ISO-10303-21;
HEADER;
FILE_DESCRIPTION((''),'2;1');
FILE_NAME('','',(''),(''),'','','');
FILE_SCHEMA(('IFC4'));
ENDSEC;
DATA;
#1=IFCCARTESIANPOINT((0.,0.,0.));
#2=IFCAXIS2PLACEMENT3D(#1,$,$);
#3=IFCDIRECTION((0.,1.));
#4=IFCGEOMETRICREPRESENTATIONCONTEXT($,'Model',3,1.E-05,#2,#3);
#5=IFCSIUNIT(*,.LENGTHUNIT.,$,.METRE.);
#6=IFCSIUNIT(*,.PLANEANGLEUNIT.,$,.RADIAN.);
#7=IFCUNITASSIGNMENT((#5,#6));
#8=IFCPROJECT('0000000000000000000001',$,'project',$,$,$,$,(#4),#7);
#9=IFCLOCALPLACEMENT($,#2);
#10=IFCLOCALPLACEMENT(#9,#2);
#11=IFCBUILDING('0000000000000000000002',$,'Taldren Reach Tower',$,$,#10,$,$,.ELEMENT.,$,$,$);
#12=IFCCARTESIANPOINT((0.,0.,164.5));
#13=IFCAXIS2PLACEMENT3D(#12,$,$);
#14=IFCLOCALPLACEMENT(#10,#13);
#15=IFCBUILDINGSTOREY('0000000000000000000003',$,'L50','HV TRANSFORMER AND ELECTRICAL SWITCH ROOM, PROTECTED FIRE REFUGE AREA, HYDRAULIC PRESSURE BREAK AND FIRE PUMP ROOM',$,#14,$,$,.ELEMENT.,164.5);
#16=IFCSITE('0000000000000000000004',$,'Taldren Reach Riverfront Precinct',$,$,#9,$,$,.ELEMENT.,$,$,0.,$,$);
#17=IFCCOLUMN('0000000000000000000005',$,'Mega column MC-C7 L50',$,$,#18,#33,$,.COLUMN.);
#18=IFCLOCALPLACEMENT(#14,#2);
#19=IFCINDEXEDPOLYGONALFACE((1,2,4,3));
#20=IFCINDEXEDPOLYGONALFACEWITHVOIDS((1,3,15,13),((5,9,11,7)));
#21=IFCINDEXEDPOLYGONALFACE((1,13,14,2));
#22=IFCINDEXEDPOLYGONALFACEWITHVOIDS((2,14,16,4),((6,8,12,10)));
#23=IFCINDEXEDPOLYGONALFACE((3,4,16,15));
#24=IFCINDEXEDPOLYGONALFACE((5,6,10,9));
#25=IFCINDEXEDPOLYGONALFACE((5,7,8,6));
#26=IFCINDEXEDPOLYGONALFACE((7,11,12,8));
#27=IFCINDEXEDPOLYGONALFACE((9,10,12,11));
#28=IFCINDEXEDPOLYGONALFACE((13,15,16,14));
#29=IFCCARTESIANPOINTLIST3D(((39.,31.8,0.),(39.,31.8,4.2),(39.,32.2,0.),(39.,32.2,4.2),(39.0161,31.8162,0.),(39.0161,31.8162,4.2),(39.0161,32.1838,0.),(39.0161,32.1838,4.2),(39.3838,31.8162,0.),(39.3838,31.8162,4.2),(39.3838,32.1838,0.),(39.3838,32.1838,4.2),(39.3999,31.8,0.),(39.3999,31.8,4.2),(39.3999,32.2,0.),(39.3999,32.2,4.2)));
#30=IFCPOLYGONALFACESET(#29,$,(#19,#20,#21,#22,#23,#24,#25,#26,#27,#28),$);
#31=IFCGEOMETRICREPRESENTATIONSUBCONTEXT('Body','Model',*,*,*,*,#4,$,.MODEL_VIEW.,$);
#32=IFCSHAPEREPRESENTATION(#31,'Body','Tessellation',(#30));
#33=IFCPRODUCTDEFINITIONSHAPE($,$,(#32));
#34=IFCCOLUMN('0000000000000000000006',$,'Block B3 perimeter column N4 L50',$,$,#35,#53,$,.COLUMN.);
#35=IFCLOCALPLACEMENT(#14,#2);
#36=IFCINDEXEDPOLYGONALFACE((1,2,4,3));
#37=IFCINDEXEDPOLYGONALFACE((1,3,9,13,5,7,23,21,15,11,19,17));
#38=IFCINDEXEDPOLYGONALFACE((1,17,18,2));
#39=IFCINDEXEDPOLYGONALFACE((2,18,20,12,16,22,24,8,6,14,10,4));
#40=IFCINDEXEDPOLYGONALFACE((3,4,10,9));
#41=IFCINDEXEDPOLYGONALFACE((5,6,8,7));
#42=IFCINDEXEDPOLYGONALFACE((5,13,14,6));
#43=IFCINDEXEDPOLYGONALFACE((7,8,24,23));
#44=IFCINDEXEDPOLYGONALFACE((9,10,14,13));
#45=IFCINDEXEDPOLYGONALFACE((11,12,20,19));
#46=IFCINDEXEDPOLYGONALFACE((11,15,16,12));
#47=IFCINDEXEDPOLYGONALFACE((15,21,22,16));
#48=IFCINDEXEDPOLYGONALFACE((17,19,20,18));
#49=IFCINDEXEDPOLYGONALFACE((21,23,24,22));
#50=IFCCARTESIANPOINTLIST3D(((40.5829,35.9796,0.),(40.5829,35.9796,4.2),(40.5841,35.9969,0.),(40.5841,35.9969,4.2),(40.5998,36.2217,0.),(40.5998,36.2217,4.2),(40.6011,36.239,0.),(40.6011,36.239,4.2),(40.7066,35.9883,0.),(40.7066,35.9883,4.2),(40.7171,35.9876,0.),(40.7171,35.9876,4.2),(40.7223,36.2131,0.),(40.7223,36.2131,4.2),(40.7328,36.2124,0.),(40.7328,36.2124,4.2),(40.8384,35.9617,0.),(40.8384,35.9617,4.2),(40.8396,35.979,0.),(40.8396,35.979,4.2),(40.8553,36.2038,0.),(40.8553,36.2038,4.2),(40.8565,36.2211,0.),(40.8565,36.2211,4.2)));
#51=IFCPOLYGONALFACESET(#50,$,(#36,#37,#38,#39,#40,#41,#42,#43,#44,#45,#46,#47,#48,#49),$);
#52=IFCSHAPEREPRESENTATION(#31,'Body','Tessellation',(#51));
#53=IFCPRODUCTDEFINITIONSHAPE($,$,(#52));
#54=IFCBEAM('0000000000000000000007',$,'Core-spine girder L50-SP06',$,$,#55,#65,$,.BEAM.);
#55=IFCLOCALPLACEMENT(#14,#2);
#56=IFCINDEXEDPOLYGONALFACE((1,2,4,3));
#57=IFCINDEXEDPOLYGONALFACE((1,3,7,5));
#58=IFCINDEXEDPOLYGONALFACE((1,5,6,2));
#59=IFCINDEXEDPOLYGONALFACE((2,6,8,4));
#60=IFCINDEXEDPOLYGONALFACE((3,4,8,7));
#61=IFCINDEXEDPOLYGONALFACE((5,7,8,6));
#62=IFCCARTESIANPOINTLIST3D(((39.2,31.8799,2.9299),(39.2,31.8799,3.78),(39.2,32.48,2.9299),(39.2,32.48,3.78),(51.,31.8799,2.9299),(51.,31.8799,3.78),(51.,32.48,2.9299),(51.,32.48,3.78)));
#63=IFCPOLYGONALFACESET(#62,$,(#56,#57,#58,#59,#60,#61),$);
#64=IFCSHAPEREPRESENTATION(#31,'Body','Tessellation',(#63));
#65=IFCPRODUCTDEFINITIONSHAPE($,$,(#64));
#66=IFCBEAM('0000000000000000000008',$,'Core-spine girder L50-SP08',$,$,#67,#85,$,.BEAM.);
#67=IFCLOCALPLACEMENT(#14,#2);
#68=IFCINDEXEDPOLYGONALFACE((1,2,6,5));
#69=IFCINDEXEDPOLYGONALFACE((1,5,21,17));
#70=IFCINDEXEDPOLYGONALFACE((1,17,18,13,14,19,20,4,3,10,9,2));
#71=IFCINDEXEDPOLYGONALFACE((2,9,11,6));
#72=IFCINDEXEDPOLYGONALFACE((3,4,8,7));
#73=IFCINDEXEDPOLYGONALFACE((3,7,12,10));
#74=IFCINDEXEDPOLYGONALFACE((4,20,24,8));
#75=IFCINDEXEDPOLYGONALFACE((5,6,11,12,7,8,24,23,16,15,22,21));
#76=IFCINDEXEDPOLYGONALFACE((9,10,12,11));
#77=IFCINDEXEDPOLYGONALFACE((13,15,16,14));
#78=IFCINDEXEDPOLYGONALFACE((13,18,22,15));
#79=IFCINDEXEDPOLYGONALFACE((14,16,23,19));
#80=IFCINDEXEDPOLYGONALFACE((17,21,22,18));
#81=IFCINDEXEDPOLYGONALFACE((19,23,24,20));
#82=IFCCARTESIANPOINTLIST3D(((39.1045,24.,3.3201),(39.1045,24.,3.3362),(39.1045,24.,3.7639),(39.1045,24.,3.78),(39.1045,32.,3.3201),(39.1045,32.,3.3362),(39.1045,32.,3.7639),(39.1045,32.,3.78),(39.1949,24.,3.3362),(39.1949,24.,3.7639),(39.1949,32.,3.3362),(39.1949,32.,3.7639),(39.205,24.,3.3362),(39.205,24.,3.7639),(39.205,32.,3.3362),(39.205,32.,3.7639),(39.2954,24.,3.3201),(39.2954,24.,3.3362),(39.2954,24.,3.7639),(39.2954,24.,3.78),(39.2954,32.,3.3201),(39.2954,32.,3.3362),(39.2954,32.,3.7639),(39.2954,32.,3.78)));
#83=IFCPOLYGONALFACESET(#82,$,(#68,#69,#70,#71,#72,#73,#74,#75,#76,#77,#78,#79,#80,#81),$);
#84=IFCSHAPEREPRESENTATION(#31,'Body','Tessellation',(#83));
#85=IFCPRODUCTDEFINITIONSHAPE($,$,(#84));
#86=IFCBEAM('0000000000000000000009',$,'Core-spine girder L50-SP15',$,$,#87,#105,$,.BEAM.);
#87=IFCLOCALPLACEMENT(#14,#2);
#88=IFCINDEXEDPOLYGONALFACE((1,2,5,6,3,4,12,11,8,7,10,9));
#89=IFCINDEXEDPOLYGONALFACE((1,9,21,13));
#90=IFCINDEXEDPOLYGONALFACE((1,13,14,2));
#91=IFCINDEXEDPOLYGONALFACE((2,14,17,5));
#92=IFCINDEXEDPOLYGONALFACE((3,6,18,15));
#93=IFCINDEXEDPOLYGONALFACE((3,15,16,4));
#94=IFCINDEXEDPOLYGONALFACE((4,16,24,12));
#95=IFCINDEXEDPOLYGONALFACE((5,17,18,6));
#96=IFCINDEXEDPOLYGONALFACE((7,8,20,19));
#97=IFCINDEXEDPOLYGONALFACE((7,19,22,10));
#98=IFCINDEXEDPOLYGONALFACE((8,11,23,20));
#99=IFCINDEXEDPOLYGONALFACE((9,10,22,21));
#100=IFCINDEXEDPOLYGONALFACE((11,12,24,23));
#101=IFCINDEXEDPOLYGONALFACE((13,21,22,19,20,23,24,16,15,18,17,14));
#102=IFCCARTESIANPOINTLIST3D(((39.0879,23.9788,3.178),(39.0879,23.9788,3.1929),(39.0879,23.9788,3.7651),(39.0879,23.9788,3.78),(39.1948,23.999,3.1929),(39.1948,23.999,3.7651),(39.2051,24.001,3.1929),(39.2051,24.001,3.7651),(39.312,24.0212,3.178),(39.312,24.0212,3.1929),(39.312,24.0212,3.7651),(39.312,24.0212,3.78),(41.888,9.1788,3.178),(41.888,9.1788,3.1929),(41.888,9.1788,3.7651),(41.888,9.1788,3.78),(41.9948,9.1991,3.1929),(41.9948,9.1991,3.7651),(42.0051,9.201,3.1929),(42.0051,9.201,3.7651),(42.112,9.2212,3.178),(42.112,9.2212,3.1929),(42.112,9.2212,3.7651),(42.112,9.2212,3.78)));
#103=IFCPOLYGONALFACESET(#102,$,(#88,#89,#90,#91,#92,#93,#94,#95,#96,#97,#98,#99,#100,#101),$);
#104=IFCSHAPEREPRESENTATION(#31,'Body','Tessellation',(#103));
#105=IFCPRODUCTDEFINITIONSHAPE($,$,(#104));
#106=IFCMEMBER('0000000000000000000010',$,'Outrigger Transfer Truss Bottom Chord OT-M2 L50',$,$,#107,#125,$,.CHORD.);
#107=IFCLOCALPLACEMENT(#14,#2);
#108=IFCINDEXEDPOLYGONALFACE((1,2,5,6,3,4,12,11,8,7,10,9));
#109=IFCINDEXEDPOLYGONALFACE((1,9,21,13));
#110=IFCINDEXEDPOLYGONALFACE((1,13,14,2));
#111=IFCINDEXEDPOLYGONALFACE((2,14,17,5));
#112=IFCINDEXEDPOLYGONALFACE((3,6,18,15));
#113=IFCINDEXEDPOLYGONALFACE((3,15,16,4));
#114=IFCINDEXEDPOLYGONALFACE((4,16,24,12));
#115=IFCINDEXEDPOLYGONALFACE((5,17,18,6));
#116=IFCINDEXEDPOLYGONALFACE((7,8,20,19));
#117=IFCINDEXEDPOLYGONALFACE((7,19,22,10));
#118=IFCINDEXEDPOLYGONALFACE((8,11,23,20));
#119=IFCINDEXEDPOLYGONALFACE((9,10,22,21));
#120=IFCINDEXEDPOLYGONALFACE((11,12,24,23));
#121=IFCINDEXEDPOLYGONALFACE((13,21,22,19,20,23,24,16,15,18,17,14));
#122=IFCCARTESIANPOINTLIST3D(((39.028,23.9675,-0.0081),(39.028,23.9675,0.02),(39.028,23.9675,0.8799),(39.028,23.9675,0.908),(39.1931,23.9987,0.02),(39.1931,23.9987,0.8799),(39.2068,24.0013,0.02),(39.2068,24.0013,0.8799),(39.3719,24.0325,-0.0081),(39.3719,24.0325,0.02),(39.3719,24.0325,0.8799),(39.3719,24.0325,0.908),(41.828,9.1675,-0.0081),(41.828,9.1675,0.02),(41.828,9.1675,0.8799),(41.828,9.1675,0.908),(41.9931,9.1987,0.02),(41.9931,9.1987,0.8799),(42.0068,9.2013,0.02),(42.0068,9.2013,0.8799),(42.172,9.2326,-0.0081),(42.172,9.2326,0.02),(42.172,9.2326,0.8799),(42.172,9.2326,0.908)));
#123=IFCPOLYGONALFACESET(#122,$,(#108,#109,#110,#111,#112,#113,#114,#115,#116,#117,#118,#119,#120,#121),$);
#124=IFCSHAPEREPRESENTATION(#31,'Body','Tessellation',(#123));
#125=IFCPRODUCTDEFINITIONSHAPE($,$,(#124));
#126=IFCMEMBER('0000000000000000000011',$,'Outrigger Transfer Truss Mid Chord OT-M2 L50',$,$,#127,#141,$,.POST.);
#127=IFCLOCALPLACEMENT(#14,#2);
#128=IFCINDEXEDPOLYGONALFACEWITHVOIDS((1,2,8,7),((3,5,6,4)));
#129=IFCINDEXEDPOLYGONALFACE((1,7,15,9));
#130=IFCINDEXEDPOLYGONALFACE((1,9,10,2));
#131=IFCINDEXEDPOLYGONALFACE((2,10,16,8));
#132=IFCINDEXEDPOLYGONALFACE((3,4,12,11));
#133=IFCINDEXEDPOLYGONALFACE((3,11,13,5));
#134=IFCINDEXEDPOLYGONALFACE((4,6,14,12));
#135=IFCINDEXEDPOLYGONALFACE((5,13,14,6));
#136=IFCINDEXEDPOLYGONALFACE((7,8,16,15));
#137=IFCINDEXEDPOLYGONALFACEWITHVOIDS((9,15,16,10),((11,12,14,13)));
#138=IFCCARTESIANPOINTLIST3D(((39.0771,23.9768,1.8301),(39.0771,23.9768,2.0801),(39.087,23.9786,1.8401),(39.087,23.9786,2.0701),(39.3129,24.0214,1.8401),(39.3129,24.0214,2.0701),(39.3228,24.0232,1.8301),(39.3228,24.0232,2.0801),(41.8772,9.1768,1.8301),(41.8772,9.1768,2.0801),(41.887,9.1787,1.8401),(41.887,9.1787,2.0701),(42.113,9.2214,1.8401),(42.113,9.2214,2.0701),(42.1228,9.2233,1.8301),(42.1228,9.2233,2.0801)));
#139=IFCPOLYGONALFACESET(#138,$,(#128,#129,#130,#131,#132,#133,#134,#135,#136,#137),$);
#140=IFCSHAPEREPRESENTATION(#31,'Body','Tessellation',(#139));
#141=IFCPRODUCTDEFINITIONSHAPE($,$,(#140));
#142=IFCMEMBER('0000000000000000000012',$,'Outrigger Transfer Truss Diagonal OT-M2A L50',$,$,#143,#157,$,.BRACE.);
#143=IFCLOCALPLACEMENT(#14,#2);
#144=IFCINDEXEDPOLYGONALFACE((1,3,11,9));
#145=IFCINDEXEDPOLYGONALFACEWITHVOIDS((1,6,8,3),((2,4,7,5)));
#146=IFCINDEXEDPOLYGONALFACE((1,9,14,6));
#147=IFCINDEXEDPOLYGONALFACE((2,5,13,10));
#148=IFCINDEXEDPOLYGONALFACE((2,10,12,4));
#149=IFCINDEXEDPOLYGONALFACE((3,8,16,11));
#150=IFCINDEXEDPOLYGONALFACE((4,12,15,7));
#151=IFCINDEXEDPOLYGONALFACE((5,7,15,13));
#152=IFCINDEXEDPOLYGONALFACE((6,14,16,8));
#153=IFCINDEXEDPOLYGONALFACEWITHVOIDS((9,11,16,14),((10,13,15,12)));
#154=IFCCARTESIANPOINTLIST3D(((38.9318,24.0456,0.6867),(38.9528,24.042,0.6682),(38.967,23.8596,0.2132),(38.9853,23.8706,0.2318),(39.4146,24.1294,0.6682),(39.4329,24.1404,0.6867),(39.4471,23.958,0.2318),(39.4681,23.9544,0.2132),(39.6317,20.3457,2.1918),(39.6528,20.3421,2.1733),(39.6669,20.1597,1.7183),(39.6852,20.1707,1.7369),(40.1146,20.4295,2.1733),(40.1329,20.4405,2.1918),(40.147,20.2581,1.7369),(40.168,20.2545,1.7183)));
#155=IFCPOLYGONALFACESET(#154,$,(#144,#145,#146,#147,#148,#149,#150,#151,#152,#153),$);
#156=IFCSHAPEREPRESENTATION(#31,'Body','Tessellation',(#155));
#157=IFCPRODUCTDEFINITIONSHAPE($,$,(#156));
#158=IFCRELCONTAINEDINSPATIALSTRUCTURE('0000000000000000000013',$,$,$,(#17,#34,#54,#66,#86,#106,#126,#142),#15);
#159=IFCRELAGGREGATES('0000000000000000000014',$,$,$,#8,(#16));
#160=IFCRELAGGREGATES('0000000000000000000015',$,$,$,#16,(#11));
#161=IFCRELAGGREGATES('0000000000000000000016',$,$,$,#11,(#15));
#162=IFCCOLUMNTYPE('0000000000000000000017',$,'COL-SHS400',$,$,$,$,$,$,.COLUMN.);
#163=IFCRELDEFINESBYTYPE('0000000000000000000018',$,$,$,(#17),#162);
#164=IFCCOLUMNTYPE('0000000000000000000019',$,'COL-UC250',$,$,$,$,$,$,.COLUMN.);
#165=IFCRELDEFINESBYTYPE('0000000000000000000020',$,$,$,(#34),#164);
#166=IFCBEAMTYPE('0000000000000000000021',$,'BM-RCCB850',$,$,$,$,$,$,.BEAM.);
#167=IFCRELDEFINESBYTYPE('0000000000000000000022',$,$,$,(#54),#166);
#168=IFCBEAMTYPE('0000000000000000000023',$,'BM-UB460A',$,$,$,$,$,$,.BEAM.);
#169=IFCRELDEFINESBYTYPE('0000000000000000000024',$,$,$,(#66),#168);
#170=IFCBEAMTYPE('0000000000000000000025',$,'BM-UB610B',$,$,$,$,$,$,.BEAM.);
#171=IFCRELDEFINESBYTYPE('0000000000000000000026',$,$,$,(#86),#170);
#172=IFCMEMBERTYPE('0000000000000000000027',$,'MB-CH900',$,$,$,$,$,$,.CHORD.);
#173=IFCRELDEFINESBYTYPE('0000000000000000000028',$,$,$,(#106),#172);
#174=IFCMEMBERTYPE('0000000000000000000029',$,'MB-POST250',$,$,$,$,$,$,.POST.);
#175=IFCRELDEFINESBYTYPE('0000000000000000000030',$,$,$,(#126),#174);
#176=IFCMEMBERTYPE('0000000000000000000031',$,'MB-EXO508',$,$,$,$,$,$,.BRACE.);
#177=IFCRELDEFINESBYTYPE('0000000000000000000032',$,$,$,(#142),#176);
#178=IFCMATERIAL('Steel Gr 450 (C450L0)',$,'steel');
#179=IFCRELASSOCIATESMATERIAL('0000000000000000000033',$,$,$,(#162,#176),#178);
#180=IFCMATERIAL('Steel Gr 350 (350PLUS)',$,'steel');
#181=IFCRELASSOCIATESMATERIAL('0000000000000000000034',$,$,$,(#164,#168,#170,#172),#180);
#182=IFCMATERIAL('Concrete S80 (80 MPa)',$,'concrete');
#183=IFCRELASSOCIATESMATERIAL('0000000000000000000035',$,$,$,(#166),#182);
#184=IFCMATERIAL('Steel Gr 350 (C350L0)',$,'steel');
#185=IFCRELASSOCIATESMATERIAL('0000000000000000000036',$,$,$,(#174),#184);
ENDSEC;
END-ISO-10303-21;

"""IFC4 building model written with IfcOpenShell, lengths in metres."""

from ifc_helpers import new_model, si_unit, direction, frame, origin, origin_2d, place, context, subcontext, project, spatial, rectangle, hollow_rectangle, i_section, extrude, source, transform, mapped, material, material_profile, profile_set, type_object, element, save


model = new_model("IFC4")

# Units and contexts
model_context = context("Model", 3, precision=1e-05, world=origin(), true_north=direction((0.0, 1.0)))
body_context = subcontext(model_context, "Body", "Model", "MODEL_VIEW")
ifc_project = project(units=[si_unit("LENGTHUNIT", "METRE"), si_unit("PLANEANGLEUNIT", "RADIAN")], contexts=[model_context])

# Site, building, storey
site_placement = place(None, origin())
site = spatial("IfcSite", under=ifc_project, at=site_placement, Name="Taldren Reach Riverfront Precinct", CompositionType="ELEMENT", RefElevation=0.0)
building_placement = place(site_placement, origin())
building = spatial("IfcBuilding", under=site, at=building_placement, Name="Taldren Reach Tower", CompositionType="ELEMENT")
storey_placement = place(building_placement, frame((0.0, 0.0, 164.5)))
storey = spatial("IfcBuildingStorey", under=building, at=storey_placement, Name="L50", Description="HV TRANSFORMER AND ELECTRICAL SWITCH ROOM, PROTECTED FIRE REFUGE AREA, HYDRAULIC PRESSURE BREAK AND FIRE PUMP ROOM", CompositionType="ELEMENT", Elevation=164.5)

# Columns
ifc_material_1 = material(Name="Steel Gr 450 (C450L0)", Category="steel")
ifc_material_profile_1 = material_profile(ifc_material_1, hollow_rectangle(XDim=0.3999, YDim=0.3999, WallThickness=0.0161, at=origin_2d()), Name="400x400x16.0SHS")
ifc_profile_set_1 = profile_set([ifc_material_profile_1], Name="Steel Gr 450 (C450L0)")
column_type_1 = type_object("IfcColumnType", Name="COL-SHS400", PredefinedType="COLUMN", material=ifc_profile_set_1)
shared_shape_1 = source(origin(), body_context, "Body", "SweptSolid", [
    extrude(hollow_rectangle(XDim=0.3999, YDim=0.3999, WallThickness=0.0161, at=origin_2d()), origin(), (0.0, 0.0, 1.0), 4.2),
])
column_1_placement = place(storey_placement, frame((39.2, 32.0, 0.0), z_axis=(0.0, 0.0, 1.0), x_axis=(1.0, 0.0, 0.0)))
element("IfcColumn", 1, at=column_1_placement, inside=storey, type_object=column_type_1, Name="Mega column MC-C7 L50", PredefinedType="COLUMN", context=body_context, shape_type="MappedRepresentation", body=[
    mapped(shared_shape_1, transform((0.0, 0.0, 0.0), scale=1.0)),
])
ifc_material_2 = material(Name="Steel Gr 350 (350PLUS)", Category="steel")
ifc_material_profile_2 = material_profile(ifc_material_2, i_section(OverallWidth=0.2561, OverallDepth=0.26, WebThickness=0.0105, FlangeThickness=0.0173, at=origin_2d()), Name="250UC89.5")
ifc_profile_set_2 = profile_set([ifc_material_profile_2], Name="Steel Gr 350 (350PLUS)")
column_type_2 = type_object("IfcColumnType", Name="COL-UC250", PredefinedType="COLUMN", material=ifc_profile_set_2)
shared_shape_2 = source(origin(), body_context, "Body", "SweptSolid", [
    extrude(i_section(OverallWidth=0.2561, OverallDepth=0.26, WebThickness=0.0105, FlangeThickness=0.0173, at=origin_2d()), origin(), (0.0, 0.0, 1.0), 4.2),
])
column_2_placement = place(storey_placement, frame((40.7197, 36.1003, 0.0), z_axis=(0.0, 0.0, 1.0), x_axis=(0.997564, -0.069756, 0.0)))
element("IfcColumn", 2, at=column_2_placement, inside=storey, type_object=column_type_2, Name="Block B3 perimeter column N4 L50", PredefinedType="COLUMN", context=body_context, shape_type="MappedRepresentation", body=[
    mapped(shared_shape_2, transform((0.0, 0.0, 0.0), scale=1.0)),
])

# Beams
ifc_material_3 = material(Name="Concrete S80 (80 MPa)", Category="concrete")
ifc_material_profile_3 = material_profile(ifc_material_3, rectangle(XDim=0.6001, YDim=0.8501, at=origin_2d()), Name="RC-CB600x850")
ifc_profile_set_3 = profile_set([ifc_material_profile_3], Name="Concrete S80 (80 MPa)")
beam_type_1 = type_object("IfcBeamType", Name="BM-RCCB850", PredefinedType="BEAM", material=ifc_profile_set_3)
shared_shape_3 = source(origin(), body_context, "Body", "SweptSolid", [
    extrude(rectangle(XDim=0.6001, YDim=0.8501, at=origin_2d()), origin(), (0.0, 0.0, 1.0), 11.8),
])
beam_1_placement = place(storey_placement, frame((39.2, 32.1799, 3.355), z_axis=(1.0, 0.0, 0.0), x_axis=(0.0, 1.0, 0.0)))
element("IfcBeam", 3, at=beam_1_placement, inside=storey, type_object=beam_type_1, Name="Core-spine girder L50-SP06", PredefinedType="BEAM", context=body_context, shape_type="MappedRepresentation", body=[
    mapped(shared_shape_3, transform((0.0, 0.0, 0.0), scale=1.0)),
])
ifc_material_profile_4 = material_profile(ifc_material_2, i_section(OverallWidth=0.1909, OverallDepth=0.46, WebThickness=0.01, FlangeThickness=0.0161, at=origin_2d()), Name="460UB82.1")
ifc_profile_set_4 = profile_set([ifc_material_profile_4], Name="Steel Gr 350 (350PLUS)")
beam_type_2 = type_object("IfcBeamType", Name="BM-UB460A", PredefinedType="BEAM", material=ifc_profile_set_4)
shared_shape_4 = source(origin(), body_context, "Body", "SweptSolid", [
    extrude(i_section(OverallWidth=0.1909, OverallDepth=0.46, WebThickness=0.01, FlangeThickness=0.0161, at=origin_2d()), origin(), (0.0, 0.0, 1.0), 8.0),
])
beam_2_placement = place(storey_placement, frame((39.2, 24.0, 3.55), z_axis=(0.0, 1.0, 0.0), x_axis=(-1.0, 0.0, 0.0)))
element("IfcBeam", 4, at=beam_2_placement, inside=storey, type_object=beam_type_2, Name="Core-spine girder L50-SP08", PredefinedType="BEAM", context=body_context, shape_type="MappedRepresentation", body=[
    mapped(shared_shape_4, transform((0.0, 0.0, 0.0), scale=1.0)),
])
ifc_material_profile_5 = material_profile(ifc_material_2, i_section(OverallWidth=0.228, OverallDepth=0.6021, WebThickness=0.0105, FlangeThickness=0.0149, at=origin_2d()), Name="610UB101")
ifc_profile_set_5 = profile_set([ifc_material_profile_5], Name="Steel Gr 350 (350PLUS)")
beam_type_3 = type_object("IfcBeamType", Name="BM-UB610B", PredefinedType="BEAM", material=ifc_profile_set_5)
shared_shape_5 = source(origin(), body_context, "Body", "SweptSolid", [
    extrude(i_section(OverallWidth=0.228, OverallDepth=0.6021, WebThickness=0.0105, FlangeThickness=0.0149, at=origin_2d()), origin(), (0.0, 0.0, 1.0), 15.0625),
])
beam_3_placement = place(storey_placement, frame((39.2, 24.0, 3.479), z_axis=(0.185894, -0.98257, 0.0), x_axis=(0.98257, 0.185894, 0.0)))
element("IfcBeam", 5, at=beam_3_placement, inside=storey, type_object=beam_type_3, Name="Core-spine girder L50-SP15", PredefinedType="BEAM", context=body_context, shape_type="MappedRepresentation", body=[
    mapped(shared_shape_5, transform((0.0, 0.0, 0.0), scale=1.0)),
])

# Members
ifc_material_profile_6 = material_profile(ifc_material_2, i_section(OverallWidth=0.3501, OverallDepth=0.916, WebThickness=0.0139, FlangeThickness=0.0281, at=origin_2d()), Name="900WB257")
ifc_profile_set_6 = profile_set([ifc_material_profile_6], Name="Steel Gr 350 (350PLUS)")
member_type_1 = type_object("IfcMemberType", Name="MB-CH900", PredefinedType="CHORD", material=ifc_profile_set_6)
shared_shape_6 = source(origin(), body_context, "Body", "SweptSolid", [
    extrude(i_section(OverallWidth=0.3501, OverallDepth=0.916, WebThickness=0.0139, FlangeThickness=0.0281, at=origin_2d()), origin(), (0.0, 0.0, 1.0), 15.0625),
])
member_1_placement = place(storey_placement, frame((39.2, 24.0, 0.45), z_axis=(0.185894, -0.98257, 0.0), x_axis=(0.98257, 0.185894, 0.0)))
element("IfcMember", 6, at=member_1_placement, inside=storey, type_object=member_type_1, Name="Outrigger Transfer Truss Bottom Chord OT-M2 L50", PredefinedType="CHORD", context=body_context, shape_type="MappedRepresentation", body=[
    mapped(shared_shape_6, transform((0.0, 0.0, 0.0), scale=1.0)),
])
ifc_material_4 = material(Name="Steel Gr 350 (C350L0)", Category="steel")
ifc_material_profile_7 = material_profile(ifc_material_4, hollow_rectangle(XDim=0.25, YDim=0.25, WallThickness=0.01, at=origin_2d()), Name="250x250x10.0SHS")
ifc_profile_set_7 = profile_set([ifc_material_profile_7], Name="Steel Gr 350 (C350L0)")
member_type_2 = type_object("IfcMemberType", Name="MB-POST250", PredefinedType="POST", material=ifc_profile_set_7)
shared_shape_7 = source(origin(), body_context, "Body", "SweptSolid", [
    extrude(hollow_rectangle(XDim=0.25, YDim=0.25, WallThickness=0.01, at=origin_2d()), origin(), (0.0, 0.0, 1.0), 15.0625),
])
member_2_placement = place(storey_placement, frame((39.2, 24.0, 1.9551), z_axis=(0.185894, -0.98257, 0.0), x_axis=(0.98257, 0.185894, 0.0)))
element("IfcMember", 7, at=member_2_placement, inside=storey, type_object=member_type_2, Name="Outrigger Transfer Truss Mid Chord OT-M2 L50", PredefinedType="POST", context=body_context, shape_type="MappedRepresentation", body=[
    mapped(shared_shape_7, transform((0.0, 0.0, 0.0), scale=1.0)),
])
ifc_material_profile_8 = material_profile(ifc_material_1, hollow_rectangle(XDim=0.51, YDim=0.51, WallThickness=0.02, at=origin_2d()), Name="510x510x20.0SHS")
ifc_profile_set_8 = profile_set([ifc_material_profile_8], Name="Steel Gr 450 (C450L0)")
member_type_3 = type_object("IfcMemberType", Name="MB-EXO508", PredefinedType="BRACE", material=ifc_profile_set_8)
shared_shape_8 = source(origin(), body_context, "Body", "SweptSolid", [
    extrude(hollow_rectangle(XDim=0.51, YDim=0.51, WallThickness=0.02, at=origin_2d()), origin(), (0.0, 0.0, 1.0), 4.0552),
])
member_3_placement = place(storey_placement, frame((39.2, 24.0, 0.45), z_axis=(0.172604, -0.912388, 0.371156), x_axis=(0.982572, 0.185882, 0.0)))
element("IfcMember", 8, at=member_3_placement, inside=storey, type_object=member_type_3, Name="Outrigger Transfer Truss Diagonal OT-M2A L50", PredefinedType="BRACE", context=body_context, shape_type="MappedRepresentation", body=[
    mapped(shared_shape_8, transform((0.0, 0.0, 0.0), scale=1.0)),
])

save(model, "model.ifc")
